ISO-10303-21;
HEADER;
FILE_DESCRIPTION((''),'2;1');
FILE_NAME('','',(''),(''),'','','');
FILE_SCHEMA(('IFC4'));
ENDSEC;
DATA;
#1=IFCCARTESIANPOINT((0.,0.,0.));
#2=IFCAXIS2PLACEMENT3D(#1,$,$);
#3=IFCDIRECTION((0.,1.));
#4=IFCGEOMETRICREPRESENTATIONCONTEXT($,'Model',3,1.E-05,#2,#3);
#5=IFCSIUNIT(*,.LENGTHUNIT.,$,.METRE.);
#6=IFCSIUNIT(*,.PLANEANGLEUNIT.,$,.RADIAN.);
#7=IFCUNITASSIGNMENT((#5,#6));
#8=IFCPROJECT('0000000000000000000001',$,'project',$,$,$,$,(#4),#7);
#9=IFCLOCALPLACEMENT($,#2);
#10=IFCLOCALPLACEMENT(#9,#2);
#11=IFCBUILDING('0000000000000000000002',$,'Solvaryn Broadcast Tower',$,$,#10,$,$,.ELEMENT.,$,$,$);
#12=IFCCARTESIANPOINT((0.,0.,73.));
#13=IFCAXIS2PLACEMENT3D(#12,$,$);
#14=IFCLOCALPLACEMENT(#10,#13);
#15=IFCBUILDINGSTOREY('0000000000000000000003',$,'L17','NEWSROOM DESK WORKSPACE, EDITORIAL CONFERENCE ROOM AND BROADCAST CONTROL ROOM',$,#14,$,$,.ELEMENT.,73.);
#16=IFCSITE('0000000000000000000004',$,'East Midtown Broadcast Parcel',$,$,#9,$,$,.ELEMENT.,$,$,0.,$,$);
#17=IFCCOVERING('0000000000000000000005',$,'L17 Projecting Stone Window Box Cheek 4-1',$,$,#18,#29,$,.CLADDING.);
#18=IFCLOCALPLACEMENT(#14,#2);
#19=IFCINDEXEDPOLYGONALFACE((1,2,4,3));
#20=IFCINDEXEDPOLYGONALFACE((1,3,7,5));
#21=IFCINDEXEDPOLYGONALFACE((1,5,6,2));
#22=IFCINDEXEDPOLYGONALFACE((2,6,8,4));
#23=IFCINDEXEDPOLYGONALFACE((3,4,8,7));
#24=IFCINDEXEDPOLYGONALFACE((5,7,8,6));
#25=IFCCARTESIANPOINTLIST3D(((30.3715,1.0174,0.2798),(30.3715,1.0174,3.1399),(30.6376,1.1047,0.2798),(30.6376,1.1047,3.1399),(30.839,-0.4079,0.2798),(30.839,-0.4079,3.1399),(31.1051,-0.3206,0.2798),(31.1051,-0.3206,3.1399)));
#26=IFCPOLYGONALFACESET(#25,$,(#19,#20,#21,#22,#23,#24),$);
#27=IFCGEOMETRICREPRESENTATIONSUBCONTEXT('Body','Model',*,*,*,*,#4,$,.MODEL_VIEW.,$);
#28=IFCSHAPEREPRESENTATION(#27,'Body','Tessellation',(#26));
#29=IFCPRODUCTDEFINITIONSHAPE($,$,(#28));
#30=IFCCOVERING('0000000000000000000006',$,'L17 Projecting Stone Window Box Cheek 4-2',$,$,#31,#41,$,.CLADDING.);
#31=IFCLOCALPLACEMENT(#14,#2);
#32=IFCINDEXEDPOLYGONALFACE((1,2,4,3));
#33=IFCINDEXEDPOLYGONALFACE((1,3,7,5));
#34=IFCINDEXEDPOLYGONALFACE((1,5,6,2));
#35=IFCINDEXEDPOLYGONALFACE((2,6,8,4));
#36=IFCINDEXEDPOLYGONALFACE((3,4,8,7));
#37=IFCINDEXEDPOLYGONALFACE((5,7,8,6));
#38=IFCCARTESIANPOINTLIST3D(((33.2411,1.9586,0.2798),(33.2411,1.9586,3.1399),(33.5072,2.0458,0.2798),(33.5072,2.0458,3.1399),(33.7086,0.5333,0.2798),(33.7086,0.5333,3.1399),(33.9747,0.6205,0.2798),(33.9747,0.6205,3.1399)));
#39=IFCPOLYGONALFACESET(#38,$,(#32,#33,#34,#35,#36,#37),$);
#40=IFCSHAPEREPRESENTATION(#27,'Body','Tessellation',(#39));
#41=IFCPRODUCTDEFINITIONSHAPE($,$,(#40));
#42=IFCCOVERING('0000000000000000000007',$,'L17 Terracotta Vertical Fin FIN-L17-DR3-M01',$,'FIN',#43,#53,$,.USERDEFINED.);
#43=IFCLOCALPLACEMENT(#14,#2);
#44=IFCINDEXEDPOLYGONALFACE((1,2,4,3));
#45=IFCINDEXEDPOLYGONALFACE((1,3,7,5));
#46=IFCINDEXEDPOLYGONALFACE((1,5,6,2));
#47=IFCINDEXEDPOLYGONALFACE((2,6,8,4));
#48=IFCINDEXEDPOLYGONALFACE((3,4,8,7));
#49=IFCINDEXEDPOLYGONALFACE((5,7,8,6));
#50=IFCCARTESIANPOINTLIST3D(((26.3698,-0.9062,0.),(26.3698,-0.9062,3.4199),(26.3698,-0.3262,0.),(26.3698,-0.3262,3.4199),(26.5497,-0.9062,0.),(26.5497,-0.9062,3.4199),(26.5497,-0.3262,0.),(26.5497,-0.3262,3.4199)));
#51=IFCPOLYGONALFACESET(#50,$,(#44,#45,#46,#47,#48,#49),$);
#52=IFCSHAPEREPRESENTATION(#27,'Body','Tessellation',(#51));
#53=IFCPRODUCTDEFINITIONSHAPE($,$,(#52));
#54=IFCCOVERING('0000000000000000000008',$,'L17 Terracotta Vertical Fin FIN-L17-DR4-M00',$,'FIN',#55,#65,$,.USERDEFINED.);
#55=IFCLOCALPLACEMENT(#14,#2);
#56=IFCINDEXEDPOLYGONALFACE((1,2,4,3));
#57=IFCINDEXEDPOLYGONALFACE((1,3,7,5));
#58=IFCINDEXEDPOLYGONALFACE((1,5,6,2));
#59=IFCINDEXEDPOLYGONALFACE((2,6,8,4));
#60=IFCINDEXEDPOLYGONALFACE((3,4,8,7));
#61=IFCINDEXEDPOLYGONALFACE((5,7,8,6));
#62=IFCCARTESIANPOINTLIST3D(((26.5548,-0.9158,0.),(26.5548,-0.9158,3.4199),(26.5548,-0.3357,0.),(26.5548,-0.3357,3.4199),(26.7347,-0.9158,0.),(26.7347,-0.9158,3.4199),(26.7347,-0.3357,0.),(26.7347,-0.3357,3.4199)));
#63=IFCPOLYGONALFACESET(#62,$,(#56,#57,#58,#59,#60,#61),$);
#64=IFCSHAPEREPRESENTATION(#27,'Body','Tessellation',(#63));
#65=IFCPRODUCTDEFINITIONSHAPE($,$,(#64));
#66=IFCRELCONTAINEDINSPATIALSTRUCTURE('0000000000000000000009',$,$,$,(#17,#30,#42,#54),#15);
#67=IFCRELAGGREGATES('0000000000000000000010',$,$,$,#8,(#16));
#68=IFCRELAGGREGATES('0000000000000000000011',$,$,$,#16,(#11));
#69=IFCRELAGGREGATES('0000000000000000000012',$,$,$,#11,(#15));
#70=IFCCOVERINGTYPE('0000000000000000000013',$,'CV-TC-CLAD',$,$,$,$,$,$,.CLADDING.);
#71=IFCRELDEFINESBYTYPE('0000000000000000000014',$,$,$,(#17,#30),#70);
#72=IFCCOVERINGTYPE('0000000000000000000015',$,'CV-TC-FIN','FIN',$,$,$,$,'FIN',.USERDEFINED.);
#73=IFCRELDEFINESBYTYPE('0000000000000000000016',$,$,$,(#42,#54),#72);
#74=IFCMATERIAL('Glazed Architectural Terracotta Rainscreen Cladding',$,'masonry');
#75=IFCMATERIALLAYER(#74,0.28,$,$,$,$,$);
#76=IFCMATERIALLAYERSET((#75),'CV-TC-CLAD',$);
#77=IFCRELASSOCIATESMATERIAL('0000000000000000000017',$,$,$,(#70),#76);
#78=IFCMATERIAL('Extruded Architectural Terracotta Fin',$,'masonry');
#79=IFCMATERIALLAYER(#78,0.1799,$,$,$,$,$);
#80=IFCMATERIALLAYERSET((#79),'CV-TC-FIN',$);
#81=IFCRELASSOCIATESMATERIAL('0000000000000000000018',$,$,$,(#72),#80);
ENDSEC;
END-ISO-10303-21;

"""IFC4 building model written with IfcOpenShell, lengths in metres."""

from ifc_helpers import new_model, si_unit, direction, frame, origin, origin_2d, place, context, subcontext, project, spatial, rectangle, extrude, material, layer, layer_set, type_object, element, save


model = new_model("IFC4")

# Units and contexts
model_context = context("Model", 3, precision=1e-05, world=origin(), true_north=direction((0.0, 1.0)))
body_context = subcontext(model_context, "Body", "Model", "MODEL_VIEW")
ifc_project = project(units=[si_unit("LENGTHUNIT", "METRE"), si_unit("PLANEANGLEUNIT", "RADIAN")], contexts=[model_context])

# Site, building, storey
site_placement = place(None, origin())
site = spatial("IfcSite", under=ifc_project, at=site_placement, Name="East Midtown Broadcast Parcel", CompositionType="ELEMENT", RefElevation=0.0)
building_placement = place(site_placement, origin())
building = spatial("IfcBuilding", under=site, at=building_placement, Name="Solvaryn Broadcast Tower", CompositionType="ELEMENT")
storey_placement = place(building_placement, frame((0.0, 0.0, 73.0)))
storey = spatial("IfcBuildingStorey", under=building, at=storey_placement, Name="L17", Description="NEWSROOM DESK WORKSPACE, EDITORIAL CONFERENCE ROOM AND BROADCAST CONTROL ROOM", CompositionType="ELEMENT", Elevation=73.0)

# Coverings
ifc_material_1 = material(Name="Glazed Architectural Terracotta Rainscreen Cladding", Category="masonry")
ifc_layer_1 = layer(ifc_material_1, 0.28)
ifc_layer_set_1 = layer_set([ifc_layer_1], Name="CV-TC-CLAD")
covering_type_1 = type_object("IfcCoveringType", Name="CV-TC-CLAD", PredefinedType="CLADDING", material=ifc_layer_set_1)
for number, where, z_axis, x_axis, name in (
    (1, (30.7383, 0.3484, 0.2798), (0.0, 0.0, 1.0), (0.95019, 0.311672, 0.0), "L17 Projecting Stone Window Box Cheek 4-1"),
    (2, (33.6079, 1.2896, 0.2798), (0.0, 0.0, 1.0), (0.95019, 0.311672, 0.0), "L17 Projecting Stone Window Box Cheek 4-2"),
):
    element("IfcCovering", number, at=place(storey_placement, frame(where, z_axis=z_axis, x_axis=x_axis)), inside=storey, type_object=covering_type_1, Name=name, PredefinedType="CLADDING", context=body_context, shape_type="SweptSolid", body=[
        extrude(rectangle(XDim=0.28, YDim=1.5, at=origin_2d()), origin(), (0.0, 0.0, 1.0), 2.8601),
    ])
ifc_material_2 = material(Name="Extruded Architectural Terracotta Fin", Category="masonry")
ifc_layer_2 = layer(ifc_material_2, 0.1799)
ifc_layer_set_2 = layer_set([ifc_layer_2], Name="CV-TC-FIN")
covering_type_2 = type_object("IfcCoveringType", Name="CV-TC-FIN", Description="FIN", ElementType="FIN", PredefinedType="USERDEFINED", material=ifc_layer_set_2)
for number, where, z_axis, x_axis, name in (
    (3, (26.4597, -0.6162, 0.0), (0.0, 0.0, 1.0), (1.0, 0.0, 0.0), "L17 Terracotta Vertical Fin FIN-L17-DR3-M01"),
    (4, (26.6448, -0.6257, 0.0), (0.0, 0.0, 1.0), (1.0, 0.0, 0.0), "L17 Terracotta Vertical Fin FIN-L17-DR4-M00"),
):
    element("IfcCovering", number, at=place(storey_placement, frame(where, z_axis=z_axis, x_axis=x_axis)), inside=storey, type_object=covering_type_2, Name=name, ObjectType="FIN", PredefinedType="USERDEFINED", context=body_context, shape_type="SweptSolid", body=[
        extrude(rectangle(XDim=0.1799, YDim=0.5801, at=origin_2d()), origin(), (0.0, 0.0, 1.0), 3.4199),
    ])

save(model, "model.ifc")
